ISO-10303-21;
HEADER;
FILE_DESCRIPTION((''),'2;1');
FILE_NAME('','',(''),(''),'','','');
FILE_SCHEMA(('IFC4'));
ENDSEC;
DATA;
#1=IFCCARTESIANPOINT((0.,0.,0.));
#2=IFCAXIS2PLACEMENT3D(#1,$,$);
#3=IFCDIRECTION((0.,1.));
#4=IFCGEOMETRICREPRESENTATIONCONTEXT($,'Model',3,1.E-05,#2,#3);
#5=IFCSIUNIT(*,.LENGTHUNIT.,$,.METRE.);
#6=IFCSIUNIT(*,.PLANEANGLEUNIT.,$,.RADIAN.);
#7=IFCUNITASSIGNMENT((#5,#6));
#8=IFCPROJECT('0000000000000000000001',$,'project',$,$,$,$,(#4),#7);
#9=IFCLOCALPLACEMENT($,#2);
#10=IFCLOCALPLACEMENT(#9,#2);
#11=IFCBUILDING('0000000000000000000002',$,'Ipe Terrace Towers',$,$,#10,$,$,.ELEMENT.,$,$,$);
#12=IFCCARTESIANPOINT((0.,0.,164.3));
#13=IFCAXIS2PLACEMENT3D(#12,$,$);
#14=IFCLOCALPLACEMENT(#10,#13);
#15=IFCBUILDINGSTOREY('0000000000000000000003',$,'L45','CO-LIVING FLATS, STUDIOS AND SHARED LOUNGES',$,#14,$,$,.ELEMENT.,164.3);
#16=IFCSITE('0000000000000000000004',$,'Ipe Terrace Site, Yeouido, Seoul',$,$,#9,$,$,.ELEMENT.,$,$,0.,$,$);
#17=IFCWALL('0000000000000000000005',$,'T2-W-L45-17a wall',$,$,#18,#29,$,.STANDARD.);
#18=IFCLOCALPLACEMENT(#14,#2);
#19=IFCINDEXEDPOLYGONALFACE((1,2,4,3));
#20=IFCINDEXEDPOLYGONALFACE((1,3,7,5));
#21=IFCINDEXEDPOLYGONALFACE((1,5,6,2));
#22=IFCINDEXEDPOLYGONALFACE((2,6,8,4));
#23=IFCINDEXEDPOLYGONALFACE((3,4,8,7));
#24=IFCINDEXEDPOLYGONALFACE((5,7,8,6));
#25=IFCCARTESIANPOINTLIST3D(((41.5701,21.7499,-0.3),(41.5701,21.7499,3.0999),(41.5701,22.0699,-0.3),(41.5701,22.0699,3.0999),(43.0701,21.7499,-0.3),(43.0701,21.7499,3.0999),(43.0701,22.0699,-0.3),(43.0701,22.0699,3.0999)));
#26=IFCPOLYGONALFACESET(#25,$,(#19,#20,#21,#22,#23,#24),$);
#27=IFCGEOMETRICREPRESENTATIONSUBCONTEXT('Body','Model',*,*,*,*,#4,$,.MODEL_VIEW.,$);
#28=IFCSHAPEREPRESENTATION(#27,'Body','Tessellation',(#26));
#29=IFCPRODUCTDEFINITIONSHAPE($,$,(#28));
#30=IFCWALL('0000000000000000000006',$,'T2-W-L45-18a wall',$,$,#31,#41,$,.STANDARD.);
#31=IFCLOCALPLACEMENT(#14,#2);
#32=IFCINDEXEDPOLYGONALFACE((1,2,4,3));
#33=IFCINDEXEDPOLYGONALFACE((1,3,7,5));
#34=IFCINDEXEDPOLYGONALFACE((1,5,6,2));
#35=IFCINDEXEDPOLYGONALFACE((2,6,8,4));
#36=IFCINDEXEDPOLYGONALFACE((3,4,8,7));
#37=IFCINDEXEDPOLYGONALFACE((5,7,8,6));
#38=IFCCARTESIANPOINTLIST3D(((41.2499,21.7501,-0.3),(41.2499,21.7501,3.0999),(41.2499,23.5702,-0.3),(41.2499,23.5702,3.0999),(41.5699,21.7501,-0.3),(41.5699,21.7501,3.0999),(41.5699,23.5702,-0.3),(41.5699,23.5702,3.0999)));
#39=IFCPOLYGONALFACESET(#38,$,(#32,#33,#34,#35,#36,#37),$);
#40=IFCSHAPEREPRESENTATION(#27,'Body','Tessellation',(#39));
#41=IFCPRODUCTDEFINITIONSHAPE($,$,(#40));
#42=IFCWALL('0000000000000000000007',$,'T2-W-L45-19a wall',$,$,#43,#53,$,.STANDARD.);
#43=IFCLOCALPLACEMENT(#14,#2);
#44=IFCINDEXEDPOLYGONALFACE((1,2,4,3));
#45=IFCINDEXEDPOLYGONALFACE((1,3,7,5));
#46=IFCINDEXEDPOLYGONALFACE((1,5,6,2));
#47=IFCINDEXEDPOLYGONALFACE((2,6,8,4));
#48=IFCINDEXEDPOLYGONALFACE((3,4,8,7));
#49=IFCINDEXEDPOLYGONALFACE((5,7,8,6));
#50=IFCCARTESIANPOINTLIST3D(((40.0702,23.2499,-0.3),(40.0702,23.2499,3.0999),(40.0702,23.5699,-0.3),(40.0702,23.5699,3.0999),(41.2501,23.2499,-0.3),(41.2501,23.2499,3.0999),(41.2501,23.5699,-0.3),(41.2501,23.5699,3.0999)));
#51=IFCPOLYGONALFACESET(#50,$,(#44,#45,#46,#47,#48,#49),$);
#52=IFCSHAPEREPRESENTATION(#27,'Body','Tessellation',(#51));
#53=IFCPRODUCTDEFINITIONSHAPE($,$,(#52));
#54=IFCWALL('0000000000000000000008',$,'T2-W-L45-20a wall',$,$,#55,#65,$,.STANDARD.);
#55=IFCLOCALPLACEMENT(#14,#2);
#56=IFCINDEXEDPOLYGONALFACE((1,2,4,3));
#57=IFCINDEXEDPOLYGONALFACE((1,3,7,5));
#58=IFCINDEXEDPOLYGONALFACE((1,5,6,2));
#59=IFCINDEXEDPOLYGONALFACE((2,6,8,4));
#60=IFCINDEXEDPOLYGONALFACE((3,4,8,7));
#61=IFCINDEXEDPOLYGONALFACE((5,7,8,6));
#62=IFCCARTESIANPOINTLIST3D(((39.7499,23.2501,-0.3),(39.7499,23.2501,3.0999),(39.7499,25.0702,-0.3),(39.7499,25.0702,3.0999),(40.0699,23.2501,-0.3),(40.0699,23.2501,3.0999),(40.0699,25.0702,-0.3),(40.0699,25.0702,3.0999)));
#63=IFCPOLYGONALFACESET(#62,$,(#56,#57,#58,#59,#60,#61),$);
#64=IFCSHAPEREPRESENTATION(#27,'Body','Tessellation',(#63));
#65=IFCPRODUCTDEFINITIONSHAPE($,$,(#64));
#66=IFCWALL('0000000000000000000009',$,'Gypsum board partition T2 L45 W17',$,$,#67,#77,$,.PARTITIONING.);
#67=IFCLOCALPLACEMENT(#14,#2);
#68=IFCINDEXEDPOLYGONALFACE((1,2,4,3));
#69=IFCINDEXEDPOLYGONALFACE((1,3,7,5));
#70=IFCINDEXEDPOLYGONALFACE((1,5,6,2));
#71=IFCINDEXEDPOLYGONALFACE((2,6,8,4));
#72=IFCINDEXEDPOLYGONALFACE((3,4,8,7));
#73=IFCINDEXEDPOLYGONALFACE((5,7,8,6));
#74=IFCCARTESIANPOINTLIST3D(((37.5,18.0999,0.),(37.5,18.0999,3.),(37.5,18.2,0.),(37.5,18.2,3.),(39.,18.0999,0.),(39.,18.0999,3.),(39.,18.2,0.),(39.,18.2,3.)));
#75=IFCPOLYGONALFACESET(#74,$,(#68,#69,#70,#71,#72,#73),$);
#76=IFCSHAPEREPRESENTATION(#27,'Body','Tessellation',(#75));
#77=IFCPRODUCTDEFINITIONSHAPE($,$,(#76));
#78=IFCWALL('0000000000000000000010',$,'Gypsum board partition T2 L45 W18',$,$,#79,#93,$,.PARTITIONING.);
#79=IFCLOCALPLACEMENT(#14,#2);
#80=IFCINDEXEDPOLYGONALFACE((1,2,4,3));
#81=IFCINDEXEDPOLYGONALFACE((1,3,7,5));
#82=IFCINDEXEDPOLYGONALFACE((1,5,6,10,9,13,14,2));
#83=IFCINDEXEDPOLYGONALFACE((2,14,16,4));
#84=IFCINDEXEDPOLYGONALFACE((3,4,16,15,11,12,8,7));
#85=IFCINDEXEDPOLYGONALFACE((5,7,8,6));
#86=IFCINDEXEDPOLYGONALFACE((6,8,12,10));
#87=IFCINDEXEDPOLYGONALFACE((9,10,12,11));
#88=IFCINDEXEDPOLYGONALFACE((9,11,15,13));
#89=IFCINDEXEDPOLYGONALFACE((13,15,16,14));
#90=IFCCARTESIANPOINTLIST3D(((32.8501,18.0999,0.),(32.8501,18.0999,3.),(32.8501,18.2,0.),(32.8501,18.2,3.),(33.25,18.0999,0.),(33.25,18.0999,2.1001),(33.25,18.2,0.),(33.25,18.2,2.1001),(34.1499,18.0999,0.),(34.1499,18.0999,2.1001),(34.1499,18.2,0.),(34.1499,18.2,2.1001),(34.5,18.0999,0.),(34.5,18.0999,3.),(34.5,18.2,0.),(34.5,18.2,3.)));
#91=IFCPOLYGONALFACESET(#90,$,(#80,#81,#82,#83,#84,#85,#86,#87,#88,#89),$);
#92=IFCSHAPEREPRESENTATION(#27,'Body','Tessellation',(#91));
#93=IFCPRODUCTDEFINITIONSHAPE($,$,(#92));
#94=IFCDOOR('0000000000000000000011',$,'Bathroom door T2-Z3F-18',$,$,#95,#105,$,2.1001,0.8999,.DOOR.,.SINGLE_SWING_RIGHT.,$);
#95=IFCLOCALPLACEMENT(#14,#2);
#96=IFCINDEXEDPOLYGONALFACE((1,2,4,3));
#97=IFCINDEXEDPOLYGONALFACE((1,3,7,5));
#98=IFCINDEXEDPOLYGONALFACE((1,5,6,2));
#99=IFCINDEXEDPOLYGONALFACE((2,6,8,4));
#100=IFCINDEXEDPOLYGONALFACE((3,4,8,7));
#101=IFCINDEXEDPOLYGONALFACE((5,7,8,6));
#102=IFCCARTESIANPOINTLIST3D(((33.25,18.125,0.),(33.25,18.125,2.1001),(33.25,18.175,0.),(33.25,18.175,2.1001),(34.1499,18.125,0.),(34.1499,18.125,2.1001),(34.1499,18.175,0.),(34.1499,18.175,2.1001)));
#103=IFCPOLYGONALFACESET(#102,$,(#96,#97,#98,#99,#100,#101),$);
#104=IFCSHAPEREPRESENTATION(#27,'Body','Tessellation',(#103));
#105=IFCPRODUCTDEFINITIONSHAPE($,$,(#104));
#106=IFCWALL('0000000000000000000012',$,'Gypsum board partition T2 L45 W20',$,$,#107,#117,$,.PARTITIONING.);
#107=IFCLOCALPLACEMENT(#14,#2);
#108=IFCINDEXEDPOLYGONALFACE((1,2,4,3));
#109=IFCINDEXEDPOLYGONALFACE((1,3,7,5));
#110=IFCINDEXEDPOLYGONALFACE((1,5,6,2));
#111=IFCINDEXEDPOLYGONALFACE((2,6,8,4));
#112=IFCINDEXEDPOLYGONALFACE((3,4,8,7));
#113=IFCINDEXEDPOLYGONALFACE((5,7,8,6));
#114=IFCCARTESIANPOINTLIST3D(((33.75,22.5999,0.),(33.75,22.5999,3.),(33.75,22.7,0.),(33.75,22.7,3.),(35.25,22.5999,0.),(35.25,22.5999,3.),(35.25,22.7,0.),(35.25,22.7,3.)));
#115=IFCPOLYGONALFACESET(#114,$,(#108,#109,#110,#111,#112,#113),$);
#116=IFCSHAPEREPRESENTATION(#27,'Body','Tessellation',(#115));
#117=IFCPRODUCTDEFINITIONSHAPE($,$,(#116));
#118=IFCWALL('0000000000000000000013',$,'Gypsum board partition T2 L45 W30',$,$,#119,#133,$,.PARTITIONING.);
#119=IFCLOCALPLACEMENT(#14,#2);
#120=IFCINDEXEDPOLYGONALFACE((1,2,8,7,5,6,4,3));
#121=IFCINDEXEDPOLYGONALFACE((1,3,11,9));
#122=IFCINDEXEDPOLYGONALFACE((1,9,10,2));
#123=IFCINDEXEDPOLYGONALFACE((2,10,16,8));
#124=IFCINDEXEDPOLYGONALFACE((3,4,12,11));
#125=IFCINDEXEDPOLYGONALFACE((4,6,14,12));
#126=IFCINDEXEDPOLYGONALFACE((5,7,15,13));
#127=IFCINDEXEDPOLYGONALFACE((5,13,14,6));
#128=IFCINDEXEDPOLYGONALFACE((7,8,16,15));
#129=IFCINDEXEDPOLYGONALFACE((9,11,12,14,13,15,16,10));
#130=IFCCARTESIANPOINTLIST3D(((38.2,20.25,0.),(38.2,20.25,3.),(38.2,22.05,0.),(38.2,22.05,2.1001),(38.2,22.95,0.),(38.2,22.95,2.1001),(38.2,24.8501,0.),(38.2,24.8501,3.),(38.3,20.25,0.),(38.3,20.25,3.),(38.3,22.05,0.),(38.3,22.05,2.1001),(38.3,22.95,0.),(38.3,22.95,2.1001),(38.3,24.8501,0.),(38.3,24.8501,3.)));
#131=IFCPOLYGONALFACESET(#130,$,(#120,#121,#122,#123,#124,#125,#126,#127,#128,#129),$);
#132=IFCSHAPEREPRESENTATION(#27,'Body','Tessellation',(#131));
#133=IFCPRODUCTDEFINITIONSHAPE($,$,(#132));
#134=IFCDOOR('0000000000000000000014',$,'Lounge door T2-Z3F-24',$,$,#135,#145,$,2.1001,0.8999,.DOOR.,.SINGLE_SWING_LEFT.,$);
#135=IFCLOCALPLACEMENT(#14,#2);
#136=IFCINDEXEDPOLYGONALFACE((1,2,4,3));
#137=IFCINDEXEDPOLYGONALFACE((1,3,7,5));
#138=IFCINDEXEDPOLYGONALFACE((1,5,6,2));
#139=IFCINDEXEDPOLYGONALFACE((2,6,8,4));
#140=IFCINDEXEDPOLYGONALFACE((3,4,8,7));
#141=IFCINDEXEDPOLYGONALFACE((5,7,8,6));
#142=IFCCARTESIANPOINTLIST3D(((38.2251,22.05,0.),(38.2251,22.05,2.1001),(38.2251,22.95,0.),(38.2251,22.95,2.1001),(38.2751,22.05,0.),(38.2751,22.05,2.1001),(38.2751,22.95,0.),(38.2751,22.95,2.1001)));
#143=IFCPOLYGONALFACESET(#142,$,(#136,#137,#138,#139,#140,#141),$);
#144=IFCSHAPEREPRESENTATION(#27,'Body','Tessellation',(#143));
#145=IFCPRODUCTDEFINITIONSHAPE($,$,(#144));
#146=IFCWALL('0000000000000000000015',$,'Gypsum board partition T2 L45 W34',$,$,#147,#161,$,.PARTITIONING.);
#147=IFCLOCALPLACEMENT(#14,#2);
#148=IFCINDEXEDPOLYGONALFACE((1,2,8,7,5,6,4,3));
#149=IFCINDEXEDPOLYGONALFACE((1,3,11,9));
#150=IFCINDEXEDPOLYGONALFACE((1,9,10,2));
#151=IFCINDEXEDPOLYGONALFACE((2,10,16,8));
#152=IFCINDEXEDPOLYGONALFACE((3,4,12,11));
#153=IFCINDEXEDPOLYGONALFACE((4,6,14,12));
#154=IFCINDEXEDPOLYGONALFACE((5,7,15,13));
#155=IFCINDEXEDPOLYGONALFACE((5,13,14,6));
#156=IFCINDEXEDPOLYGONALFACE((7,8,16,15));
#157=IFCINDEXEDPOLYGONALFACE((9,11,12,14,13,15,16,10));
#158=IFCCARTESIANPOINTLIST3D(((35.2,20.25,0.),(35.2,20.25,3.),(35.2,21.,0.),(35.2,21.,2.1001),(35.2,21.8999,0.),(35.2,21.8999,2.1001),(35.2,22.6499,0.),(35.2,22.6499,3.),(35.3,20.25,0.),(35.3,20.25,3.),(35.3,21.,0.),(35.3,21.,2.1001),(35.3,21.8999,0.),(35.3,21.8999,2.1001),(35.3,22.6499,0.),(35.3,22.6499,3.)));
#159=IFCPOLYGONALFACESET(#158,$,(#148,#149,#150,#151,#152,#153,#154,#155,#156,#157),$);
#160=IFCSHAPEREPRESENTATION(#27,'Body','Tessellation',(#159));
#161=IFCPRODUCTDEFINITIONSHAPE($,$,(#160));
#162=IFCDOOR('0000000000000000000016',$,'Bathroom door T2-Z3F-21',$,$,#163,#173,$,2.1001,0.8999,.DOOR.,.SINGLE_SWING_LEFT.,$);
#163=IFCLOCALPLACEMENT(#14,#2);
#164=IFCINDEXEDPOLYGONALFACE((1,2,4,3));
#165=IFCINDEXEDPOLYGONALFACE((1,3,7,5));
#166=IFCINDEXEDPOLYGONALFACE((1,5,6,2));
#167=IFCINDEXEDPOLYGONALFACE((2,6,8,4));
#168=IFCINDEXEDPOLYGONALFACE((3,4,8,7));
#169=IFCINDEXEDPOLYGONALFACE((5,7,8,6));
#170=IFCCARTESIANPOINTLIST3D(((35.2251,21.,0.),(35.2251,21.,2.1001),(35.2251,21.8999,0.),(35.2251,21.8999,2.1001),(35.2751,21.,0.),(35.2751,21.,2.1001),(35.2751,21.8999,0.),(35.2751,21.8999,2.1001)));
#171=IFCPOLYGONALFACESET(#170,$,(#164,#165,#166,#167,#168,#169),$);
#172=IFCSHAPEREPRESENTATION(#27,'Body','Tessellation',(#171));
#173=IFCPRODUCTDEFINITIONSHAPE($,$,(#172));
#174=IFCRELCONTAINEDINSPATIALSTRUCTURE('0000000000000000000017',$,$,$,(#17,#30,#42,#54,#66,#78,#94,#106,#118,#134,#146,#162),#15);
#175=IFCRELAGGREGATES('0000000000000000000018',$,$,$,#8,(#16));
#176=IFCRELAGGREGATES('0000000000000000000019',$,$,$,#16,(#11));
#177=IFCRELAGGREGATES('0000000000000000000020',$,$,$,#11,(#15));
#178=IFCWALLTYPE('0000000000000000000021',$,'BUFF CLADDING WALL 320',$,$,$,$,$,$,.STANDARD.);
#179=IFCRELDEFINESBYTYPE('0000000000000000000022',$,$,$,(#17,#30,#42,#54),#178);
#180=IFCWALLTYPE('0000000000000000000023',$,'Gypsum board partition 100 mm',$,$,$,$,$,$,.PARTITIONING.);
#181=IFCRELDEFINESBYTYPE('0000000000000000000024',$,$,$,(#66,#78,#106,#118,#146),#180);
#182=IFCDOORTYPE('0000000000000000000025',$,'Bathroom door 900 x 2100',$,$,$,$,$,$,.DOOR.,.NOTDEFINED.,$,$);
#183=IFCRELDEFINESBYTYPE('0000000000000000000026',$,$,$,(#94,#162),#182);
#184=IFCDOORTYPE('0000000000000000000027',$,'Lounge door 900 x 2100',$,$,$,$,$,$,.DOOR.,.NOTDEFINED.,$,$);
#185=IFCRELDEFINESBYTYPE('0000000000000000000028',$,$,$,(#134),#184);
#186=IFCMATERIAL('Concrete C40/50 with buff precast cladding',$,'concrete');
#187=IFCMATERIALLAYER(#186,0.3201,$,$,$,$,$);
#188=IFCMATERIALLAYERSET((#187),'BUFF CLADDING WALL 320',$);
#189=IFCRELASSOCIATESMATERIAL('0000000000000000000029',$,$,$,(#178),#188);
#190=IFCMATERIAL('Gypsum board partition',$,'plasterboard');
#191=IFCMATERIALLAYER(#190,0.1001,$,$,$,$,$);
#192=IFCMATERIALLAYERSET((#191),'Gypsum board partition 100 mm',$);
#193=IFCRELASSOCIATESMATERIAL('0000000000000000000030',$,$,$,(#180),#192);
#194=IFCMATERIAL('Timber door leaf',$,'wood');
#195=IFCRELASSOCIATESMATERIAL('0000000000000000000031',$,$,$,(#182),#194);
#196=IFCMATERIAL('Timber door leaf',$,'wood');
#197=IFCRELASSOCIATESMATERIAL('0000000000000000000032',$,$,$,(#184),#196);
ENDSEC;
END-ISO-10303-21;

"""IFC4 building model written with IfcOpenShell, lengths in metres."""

from ifc_helpers import new_model, si_unit, direction, frame, frame_2d, origin, place, context, subcontext, project, spatial, rectangle, extrude, material, layer, layer_set, type_object, element, fill, save


model = new_model("IFC4")

# Units and contexts
model_context = context("Model", 3, precision=1e-05, world=origin(), true_north=direction((0.0, 1.0)))
body_context = subcontext(model_context, "Body", "Model", "MODEL_VIEW")
ifc_project = project(units=[si_unit("LENGTHUNIT", "METRE"), si_unit("PLANEANGLEUNIT", "RADIAN")], contexts=[model_context])

# Site, building, storey
site_placement = place(None, origin())
site = spatial("IfcSite", under=ifc_project, at=site_placement, Name="Ipe Terrace Site, Yeouido, Seoul", CompositionType="ELEMENT", RefElevation=0.0)
building_placement = place(site_placement, origin())
building = spatial("IfcBuilding", under=site, at=building_placement, Name="Ipe Terrace Towers", CompositionType="ELEMENT")
storey_placement = place(building_placement, frame((0.0, 0.0, 164.3)))
storey = spatial("IfcBuildingStorey", under=building, at=storey_placement, Name="L45", Description="CO-LIVING FLATS, STUDIOS AND SHARED LOUNGES", CompositionType="ELEMENT", Elevation=164.3)

# Walls
ifc_material_1 = material(Name="Concrete C40/50 with buff precast cladding", Category="concrete")
ifc_layer_1 = layer(ifc_material_1, 0.3201)
ifc_layer_set_1 = layer_set([ifc_layer_1], Name="BUFF CLADDING WALL 320")
wall_type_1 = type_object("IfcWallType", Name="BUFF CLADDING WALL 320", PredefinedType="STANDARD", material=ifc_layer_set_1)
wall_1_placement = place(storey_placement, frame((43.0701, 21.9099, -0.3), z_axis=(0.0, 0.0, 1.0), x_axis=(-1.0, 0.0, 0.0)))
element("IfcWall", 1, at=wall_1_placement, inside=storey, type_object=wall_type_1, Name="T2-W-L45-17a wall", PredefinedType="STANDARD", context=body_context, shape_type="SweptSolid", body=[
    extrude(rectangle(XDim=1.5, YDim=0.3201, at=frame_2d((0.75, 0.0))), origin(), (0.0, 0.0, 1.0), 3.3999),
])
wall_2_placement = place(storey_placement, frame((41.4099, 21.75, -0.3), z_axis=(0.0, 0.0, 1.0), x_axis=(0.0, 1.0, 0.0)))
element("IfcWall", 2, at=wall_2_placement, inside=storey, type_object=wall_type_1, Name="T2-W-L45-18a wall", PredefinedType="STANDARD", context=body_context, shape_type="SweptSolid", body=[
    extrude(rectangle(XDim=1.8201, YDim=0.3201, at=frame_2d((0.9102, 0.0))), origin(), (0.0, 0.0, 1.0), 3.3999),
])
wall_3_placement = place(storey_placement, frame((41.25, 23.4099, -0.3), z_axis=(0.0, 0.0, 1.0), x_axis=(-1.0, 0.0, 0.0)))
element("IfcWall", 3, at=wall_3_placement, inside=storey, type_object=wall_type_1, Name="T2-W-L45-19a wall", PredefinedType="STANDARD", context=body_context, shape_type="SweptSolid", body=[
    extrude(rectangle(XDim=1.1799, YDim=0.3201, at=frame_2d((0.5898, 0.0))), origin(), (0.0, 0.0, 1.0), 3.3999),
])
wall_4_placement = place(storey_placement, frame((39.9099, 23.25, -0.3), z_axis=(0.0, 0.0, 1.0), x_axis=(0.0, 1.0, 0.0)))
element("IfcWall", 4, at=wall_4_placement, inside=storey, type_object=wall_type_1, Name="T2-W-L45-20a wall", PredefinedType="STANDARD", context=body_context, shape_type="SweptSolid", body=[
    extrude(rectangle(XDim=1.8201, YDim=0.3201, at=frame_2d((0.9102, 0.0))), origin(), (0.0, 0.0, 1.0), 3.3999),
])
ifc_material_2 = material(Name="Gypsum board partition", Category="plasterboard")
ifc_layer_2 = layer(ifc_material_2, 0.1001)
ifc_layer_set_2 = layer_set([ifc_layer_2], Name="Gypsum board partition 100 mm")
wall_type_2 = type_object("IfcWallType", Name="Gypsum board partition 100 mm", PredefinedType="PARTITIONING", material=ifc_layer_set_2)
wall_5_placement = place(storey_placement, frame((39.0, 18.1499, 0.0), z_axis=(0.0, 0.0, 1.0), x_axis=(-1.0, 0.0, 0.0)))
element("IfcWall", 5, at=wall_5_placement, inside=storey, type_object=wall_type_2, Name="Gypsum board partition T2 L45 W17", PredefinedType="PARTITIONING", context=body_context, shape_type="SweptSolid", body=[
    extrude(rectangle(XDim=1.5, YDim=0.1001, at=frame_2d((0.75, 0.0))), origin(), (0.0, 0.0, 1.0), 3.0),
])

# Wall, opening, door
wall_6_placement = place(storey_placement, frame((34.5, 18.1499, 0.0), z_axis=(0.0, 0.0, 1.0), x_axis=(-1.0, 0.0, 0.0)))
wall_6 = element("IfcWall", 6, at=wall_6_placement, inside=storey, type_object=wall_type_2, Name="Gypsum board partition T2 L45 W18", PredefinedType="PARTITIONING", context=body_context, shape_type="SweptSolid", body=[
    extrude(rectangle(XDim=1.6499, YDim=0.1001, at=frame_2d((0.825, 0.0))), origin(), (0.0, 0.0, 1.0), 3.0),
])
opening_1_placement = place(wall_6_placement, frame((0.3501, 0.0, 0.0)))
opening_1 = element("IfcOpeningElement", 7, at=opening_1_placement, cuts=wall_6, PredefinedType="OPENING", context=body_context, shape_type="SweptSolid", body=[
    extrude(rectangle(XDim=0.8999, YDim=2.1001, at=frame_2d((0.45, 1.05))), frame((0.0, 0.0601, 0.0), z_axis=(0.0, -1.0, 0.0), x_axis=(1.0, 0.0, 0.0)), (0.0, 0.0, 1.0), 0.1201),
])
ifc_material_3 = material(Name="Timber door leaf", Category="wood")
door_type_1 = type_object("IfcDoorType", Name="Bathroom door 900 x 2100", OperationType="NOTDEFINED", PredefinedType="DOOR", material=ifc_material_3)
door_1_placement = place(opening_1_placement, origin())
door_1 = element("IfcDoor", 8, at=door_1_placement, inside=storey, type_object=door_type_1, Name="Bathroom door T2-Z3F-18", OperationType="SINGLE_SWING_RIGHT", OverallHeight=2.1001, OverallWidth=0.8999, PredefinedType="DOOR", context=body_context, shape_type="SweptSolid", body=[
    extrude(rectangle(XDim=0.8999, YDim=2.1001, at=frame_2d((0.45, 1.05))), frame((0.0, 0.0249, 0.0), z_axis=(0.0, -1.0, 0.0), x_axis=(1.0, 0.0, 0.0)), (0.0, 0.0, 1.0), 0.05),
])
fill(opening_1, door_1)

# Wall
wall_7_placement = place(storey_placement, frame((35.25, 22.6499, 0.0), z_axis=(0.0, 0.0, 1.0), x_axis=(-1.0, 0.0, 0.0)))
element("IfcWall", 9, at=wall_7_placement, inside=storey, type_object=wall_type_2, Name="Gypsum board partition T2 L45 W20", PredefinedType="PARTITIONING", context=body_context, shape_type="SweptSolid", body=[
    extrude(rectangle(XDim=1.5, YDim=0.1001, at=frame_2d((0.75, 0.0))), origin(), (0.0, 0.0, 1.0), 3.0),
])

# Walls, openings, doors
wall_8_placement = place(storey_placement, frame((38.25, 20.25, 0.0), z_axis=(0.0, 0.0, 1.0), x_axis=(0.0, 1.0, 0.0)))
wall_8 = element("IfcWall", 10, at=wall_8_placement, inside=storey, type_object=wall_type_2, Name="Gypsum board partition T2 L45 W30", PredefinedType="PARTITIONING", context=body_context, shape_type="SweptSolid", body=[
    extrude(rectangle(XDim=4.6001, YDim=0.1001, at=frame_2d((2.3, 0.0))), origin(), (0.0, 0.0, 1.0), 3.0),
])
opening_2_placement = place(wall_8_placement, frame((1.8, 0.0, 0.0)))
opening_2 = element("IfcOpeningElement", 11, at=opening_2_placement, cuts=wall_8, PredefinedType="OPENING", context=body_context, shape_type="SweptSolid", body=[
    extrude(rectangle(XDim=0.8999, YDim=2.1001, at=frame_2d((0.45, 1.05))), frame((0.0, 0.0601, 0.0), z_axis=(0.0, -1.0, 0.0), x_axis=(1.0, 0.0, 0.0)), (0.0, 0.0, 1.0), 0.1201),
])
ifc_material_4 = material(Name="Timber door leaf", Category="wood")
door_type_2 = type_object("IfcDoorType", Name="Lounge door 900 x 2100", OperationType="NOTDEFINED", PredefinedType="DOOR", material=ifc_material_4)
door_2_placement = place(opening_2_placement, origin())
door_2 = element("IfcDoor", 12, at=door_2_placement, inside=storey, type_object=door_type_2, Name="Lounge door T2-Z3F-24", OperationType="SINGLE_SWING_LEFT", OverallHeight=2.1001, OverallWidth=0.8999, PredefinedType="DOOR", context=body_context, shape_type="SweptSolid", body=[
    extrude(rectangle(XDim=0.8999, YDim=2.1001, at=frame_2d((0.45, 1.05))), frame((0.0, 0.0249, 0.0), z_axis=(0.0, -1.0, 0.0), x_axis=(1.0, 0.0, 0.0)), (0.0, 0.0, 1.0), 0.05),
])
fill(opening_2, door_2)
wall_9_placement = place(storey_placement, frame((35.25, 20.25, 0.0), z_axis=(0.0, 0.0, 1.0), x_axis=(0.0, 1.0, 0.0)))
wall_9 = element("IfcWall", 13, at=wall_9_placement, inside=storey, type_object=wall_type_2, Name="Gypsum board partition T2 L45 W34", PredefinedType="PARTITIONING", context=body_context, shape_type="SweptSolid", body=[
    extrude(rectangle(XDim=2.3999, YDim=0.1001, at=frame_2d((1.2, 0.0))), origin(), (0.0, 0.0, 1.0), 3.0),
])
opening_3_placement = place(wall_9_placement, frame((0.75, 0.0, 0.0)))
opening_3 = element("IfcOpeningElement", 14, at=opening_3_placement, cuts=wall_9, PredefinedType="OPENING", context=body_context, shape_type="SweptSolid", body=[
    extrude(rectangle(XDim=0.8999, YDim=2.1001, at=frame_2d((0.45, 1.05))), frame((0.0, 0.0601, 0.0), z_axis=(0.0, -1.0, 0.0), x_axis=(1.0, 0.0, 0.0)), (0.0, 0.0, 1.0), 0.1201),
])
door_3_placement = place(opening_3_placement, origin())
door_3 = element("IfcDoor", 15, at=door_3_placement, inside=storey, type_object=door_type_1, Name="Bathroom door T2-Z3F-21", OperationType="SINGLE_SWING_LEFT", OverallHeight=2.1001, OverallWidth=0.8999, PredefinedType="DOOR", context=body_context, shape_type="SweptSolid", body=[
    extrude(rectangle(XDim=0.8999, YDim=2.1001, at=frame_2d((0.45, 1.05))), frame((0.0, 0.0249, 0.0), z_axis=(0.0, -1.0, 0.0), x_axis=(1.0, 0.0, 0.0)), (0.0, 0.0, 1.0), 0.05),
])
fill(opening_3, door_3)

save(model, "model.ifc")
